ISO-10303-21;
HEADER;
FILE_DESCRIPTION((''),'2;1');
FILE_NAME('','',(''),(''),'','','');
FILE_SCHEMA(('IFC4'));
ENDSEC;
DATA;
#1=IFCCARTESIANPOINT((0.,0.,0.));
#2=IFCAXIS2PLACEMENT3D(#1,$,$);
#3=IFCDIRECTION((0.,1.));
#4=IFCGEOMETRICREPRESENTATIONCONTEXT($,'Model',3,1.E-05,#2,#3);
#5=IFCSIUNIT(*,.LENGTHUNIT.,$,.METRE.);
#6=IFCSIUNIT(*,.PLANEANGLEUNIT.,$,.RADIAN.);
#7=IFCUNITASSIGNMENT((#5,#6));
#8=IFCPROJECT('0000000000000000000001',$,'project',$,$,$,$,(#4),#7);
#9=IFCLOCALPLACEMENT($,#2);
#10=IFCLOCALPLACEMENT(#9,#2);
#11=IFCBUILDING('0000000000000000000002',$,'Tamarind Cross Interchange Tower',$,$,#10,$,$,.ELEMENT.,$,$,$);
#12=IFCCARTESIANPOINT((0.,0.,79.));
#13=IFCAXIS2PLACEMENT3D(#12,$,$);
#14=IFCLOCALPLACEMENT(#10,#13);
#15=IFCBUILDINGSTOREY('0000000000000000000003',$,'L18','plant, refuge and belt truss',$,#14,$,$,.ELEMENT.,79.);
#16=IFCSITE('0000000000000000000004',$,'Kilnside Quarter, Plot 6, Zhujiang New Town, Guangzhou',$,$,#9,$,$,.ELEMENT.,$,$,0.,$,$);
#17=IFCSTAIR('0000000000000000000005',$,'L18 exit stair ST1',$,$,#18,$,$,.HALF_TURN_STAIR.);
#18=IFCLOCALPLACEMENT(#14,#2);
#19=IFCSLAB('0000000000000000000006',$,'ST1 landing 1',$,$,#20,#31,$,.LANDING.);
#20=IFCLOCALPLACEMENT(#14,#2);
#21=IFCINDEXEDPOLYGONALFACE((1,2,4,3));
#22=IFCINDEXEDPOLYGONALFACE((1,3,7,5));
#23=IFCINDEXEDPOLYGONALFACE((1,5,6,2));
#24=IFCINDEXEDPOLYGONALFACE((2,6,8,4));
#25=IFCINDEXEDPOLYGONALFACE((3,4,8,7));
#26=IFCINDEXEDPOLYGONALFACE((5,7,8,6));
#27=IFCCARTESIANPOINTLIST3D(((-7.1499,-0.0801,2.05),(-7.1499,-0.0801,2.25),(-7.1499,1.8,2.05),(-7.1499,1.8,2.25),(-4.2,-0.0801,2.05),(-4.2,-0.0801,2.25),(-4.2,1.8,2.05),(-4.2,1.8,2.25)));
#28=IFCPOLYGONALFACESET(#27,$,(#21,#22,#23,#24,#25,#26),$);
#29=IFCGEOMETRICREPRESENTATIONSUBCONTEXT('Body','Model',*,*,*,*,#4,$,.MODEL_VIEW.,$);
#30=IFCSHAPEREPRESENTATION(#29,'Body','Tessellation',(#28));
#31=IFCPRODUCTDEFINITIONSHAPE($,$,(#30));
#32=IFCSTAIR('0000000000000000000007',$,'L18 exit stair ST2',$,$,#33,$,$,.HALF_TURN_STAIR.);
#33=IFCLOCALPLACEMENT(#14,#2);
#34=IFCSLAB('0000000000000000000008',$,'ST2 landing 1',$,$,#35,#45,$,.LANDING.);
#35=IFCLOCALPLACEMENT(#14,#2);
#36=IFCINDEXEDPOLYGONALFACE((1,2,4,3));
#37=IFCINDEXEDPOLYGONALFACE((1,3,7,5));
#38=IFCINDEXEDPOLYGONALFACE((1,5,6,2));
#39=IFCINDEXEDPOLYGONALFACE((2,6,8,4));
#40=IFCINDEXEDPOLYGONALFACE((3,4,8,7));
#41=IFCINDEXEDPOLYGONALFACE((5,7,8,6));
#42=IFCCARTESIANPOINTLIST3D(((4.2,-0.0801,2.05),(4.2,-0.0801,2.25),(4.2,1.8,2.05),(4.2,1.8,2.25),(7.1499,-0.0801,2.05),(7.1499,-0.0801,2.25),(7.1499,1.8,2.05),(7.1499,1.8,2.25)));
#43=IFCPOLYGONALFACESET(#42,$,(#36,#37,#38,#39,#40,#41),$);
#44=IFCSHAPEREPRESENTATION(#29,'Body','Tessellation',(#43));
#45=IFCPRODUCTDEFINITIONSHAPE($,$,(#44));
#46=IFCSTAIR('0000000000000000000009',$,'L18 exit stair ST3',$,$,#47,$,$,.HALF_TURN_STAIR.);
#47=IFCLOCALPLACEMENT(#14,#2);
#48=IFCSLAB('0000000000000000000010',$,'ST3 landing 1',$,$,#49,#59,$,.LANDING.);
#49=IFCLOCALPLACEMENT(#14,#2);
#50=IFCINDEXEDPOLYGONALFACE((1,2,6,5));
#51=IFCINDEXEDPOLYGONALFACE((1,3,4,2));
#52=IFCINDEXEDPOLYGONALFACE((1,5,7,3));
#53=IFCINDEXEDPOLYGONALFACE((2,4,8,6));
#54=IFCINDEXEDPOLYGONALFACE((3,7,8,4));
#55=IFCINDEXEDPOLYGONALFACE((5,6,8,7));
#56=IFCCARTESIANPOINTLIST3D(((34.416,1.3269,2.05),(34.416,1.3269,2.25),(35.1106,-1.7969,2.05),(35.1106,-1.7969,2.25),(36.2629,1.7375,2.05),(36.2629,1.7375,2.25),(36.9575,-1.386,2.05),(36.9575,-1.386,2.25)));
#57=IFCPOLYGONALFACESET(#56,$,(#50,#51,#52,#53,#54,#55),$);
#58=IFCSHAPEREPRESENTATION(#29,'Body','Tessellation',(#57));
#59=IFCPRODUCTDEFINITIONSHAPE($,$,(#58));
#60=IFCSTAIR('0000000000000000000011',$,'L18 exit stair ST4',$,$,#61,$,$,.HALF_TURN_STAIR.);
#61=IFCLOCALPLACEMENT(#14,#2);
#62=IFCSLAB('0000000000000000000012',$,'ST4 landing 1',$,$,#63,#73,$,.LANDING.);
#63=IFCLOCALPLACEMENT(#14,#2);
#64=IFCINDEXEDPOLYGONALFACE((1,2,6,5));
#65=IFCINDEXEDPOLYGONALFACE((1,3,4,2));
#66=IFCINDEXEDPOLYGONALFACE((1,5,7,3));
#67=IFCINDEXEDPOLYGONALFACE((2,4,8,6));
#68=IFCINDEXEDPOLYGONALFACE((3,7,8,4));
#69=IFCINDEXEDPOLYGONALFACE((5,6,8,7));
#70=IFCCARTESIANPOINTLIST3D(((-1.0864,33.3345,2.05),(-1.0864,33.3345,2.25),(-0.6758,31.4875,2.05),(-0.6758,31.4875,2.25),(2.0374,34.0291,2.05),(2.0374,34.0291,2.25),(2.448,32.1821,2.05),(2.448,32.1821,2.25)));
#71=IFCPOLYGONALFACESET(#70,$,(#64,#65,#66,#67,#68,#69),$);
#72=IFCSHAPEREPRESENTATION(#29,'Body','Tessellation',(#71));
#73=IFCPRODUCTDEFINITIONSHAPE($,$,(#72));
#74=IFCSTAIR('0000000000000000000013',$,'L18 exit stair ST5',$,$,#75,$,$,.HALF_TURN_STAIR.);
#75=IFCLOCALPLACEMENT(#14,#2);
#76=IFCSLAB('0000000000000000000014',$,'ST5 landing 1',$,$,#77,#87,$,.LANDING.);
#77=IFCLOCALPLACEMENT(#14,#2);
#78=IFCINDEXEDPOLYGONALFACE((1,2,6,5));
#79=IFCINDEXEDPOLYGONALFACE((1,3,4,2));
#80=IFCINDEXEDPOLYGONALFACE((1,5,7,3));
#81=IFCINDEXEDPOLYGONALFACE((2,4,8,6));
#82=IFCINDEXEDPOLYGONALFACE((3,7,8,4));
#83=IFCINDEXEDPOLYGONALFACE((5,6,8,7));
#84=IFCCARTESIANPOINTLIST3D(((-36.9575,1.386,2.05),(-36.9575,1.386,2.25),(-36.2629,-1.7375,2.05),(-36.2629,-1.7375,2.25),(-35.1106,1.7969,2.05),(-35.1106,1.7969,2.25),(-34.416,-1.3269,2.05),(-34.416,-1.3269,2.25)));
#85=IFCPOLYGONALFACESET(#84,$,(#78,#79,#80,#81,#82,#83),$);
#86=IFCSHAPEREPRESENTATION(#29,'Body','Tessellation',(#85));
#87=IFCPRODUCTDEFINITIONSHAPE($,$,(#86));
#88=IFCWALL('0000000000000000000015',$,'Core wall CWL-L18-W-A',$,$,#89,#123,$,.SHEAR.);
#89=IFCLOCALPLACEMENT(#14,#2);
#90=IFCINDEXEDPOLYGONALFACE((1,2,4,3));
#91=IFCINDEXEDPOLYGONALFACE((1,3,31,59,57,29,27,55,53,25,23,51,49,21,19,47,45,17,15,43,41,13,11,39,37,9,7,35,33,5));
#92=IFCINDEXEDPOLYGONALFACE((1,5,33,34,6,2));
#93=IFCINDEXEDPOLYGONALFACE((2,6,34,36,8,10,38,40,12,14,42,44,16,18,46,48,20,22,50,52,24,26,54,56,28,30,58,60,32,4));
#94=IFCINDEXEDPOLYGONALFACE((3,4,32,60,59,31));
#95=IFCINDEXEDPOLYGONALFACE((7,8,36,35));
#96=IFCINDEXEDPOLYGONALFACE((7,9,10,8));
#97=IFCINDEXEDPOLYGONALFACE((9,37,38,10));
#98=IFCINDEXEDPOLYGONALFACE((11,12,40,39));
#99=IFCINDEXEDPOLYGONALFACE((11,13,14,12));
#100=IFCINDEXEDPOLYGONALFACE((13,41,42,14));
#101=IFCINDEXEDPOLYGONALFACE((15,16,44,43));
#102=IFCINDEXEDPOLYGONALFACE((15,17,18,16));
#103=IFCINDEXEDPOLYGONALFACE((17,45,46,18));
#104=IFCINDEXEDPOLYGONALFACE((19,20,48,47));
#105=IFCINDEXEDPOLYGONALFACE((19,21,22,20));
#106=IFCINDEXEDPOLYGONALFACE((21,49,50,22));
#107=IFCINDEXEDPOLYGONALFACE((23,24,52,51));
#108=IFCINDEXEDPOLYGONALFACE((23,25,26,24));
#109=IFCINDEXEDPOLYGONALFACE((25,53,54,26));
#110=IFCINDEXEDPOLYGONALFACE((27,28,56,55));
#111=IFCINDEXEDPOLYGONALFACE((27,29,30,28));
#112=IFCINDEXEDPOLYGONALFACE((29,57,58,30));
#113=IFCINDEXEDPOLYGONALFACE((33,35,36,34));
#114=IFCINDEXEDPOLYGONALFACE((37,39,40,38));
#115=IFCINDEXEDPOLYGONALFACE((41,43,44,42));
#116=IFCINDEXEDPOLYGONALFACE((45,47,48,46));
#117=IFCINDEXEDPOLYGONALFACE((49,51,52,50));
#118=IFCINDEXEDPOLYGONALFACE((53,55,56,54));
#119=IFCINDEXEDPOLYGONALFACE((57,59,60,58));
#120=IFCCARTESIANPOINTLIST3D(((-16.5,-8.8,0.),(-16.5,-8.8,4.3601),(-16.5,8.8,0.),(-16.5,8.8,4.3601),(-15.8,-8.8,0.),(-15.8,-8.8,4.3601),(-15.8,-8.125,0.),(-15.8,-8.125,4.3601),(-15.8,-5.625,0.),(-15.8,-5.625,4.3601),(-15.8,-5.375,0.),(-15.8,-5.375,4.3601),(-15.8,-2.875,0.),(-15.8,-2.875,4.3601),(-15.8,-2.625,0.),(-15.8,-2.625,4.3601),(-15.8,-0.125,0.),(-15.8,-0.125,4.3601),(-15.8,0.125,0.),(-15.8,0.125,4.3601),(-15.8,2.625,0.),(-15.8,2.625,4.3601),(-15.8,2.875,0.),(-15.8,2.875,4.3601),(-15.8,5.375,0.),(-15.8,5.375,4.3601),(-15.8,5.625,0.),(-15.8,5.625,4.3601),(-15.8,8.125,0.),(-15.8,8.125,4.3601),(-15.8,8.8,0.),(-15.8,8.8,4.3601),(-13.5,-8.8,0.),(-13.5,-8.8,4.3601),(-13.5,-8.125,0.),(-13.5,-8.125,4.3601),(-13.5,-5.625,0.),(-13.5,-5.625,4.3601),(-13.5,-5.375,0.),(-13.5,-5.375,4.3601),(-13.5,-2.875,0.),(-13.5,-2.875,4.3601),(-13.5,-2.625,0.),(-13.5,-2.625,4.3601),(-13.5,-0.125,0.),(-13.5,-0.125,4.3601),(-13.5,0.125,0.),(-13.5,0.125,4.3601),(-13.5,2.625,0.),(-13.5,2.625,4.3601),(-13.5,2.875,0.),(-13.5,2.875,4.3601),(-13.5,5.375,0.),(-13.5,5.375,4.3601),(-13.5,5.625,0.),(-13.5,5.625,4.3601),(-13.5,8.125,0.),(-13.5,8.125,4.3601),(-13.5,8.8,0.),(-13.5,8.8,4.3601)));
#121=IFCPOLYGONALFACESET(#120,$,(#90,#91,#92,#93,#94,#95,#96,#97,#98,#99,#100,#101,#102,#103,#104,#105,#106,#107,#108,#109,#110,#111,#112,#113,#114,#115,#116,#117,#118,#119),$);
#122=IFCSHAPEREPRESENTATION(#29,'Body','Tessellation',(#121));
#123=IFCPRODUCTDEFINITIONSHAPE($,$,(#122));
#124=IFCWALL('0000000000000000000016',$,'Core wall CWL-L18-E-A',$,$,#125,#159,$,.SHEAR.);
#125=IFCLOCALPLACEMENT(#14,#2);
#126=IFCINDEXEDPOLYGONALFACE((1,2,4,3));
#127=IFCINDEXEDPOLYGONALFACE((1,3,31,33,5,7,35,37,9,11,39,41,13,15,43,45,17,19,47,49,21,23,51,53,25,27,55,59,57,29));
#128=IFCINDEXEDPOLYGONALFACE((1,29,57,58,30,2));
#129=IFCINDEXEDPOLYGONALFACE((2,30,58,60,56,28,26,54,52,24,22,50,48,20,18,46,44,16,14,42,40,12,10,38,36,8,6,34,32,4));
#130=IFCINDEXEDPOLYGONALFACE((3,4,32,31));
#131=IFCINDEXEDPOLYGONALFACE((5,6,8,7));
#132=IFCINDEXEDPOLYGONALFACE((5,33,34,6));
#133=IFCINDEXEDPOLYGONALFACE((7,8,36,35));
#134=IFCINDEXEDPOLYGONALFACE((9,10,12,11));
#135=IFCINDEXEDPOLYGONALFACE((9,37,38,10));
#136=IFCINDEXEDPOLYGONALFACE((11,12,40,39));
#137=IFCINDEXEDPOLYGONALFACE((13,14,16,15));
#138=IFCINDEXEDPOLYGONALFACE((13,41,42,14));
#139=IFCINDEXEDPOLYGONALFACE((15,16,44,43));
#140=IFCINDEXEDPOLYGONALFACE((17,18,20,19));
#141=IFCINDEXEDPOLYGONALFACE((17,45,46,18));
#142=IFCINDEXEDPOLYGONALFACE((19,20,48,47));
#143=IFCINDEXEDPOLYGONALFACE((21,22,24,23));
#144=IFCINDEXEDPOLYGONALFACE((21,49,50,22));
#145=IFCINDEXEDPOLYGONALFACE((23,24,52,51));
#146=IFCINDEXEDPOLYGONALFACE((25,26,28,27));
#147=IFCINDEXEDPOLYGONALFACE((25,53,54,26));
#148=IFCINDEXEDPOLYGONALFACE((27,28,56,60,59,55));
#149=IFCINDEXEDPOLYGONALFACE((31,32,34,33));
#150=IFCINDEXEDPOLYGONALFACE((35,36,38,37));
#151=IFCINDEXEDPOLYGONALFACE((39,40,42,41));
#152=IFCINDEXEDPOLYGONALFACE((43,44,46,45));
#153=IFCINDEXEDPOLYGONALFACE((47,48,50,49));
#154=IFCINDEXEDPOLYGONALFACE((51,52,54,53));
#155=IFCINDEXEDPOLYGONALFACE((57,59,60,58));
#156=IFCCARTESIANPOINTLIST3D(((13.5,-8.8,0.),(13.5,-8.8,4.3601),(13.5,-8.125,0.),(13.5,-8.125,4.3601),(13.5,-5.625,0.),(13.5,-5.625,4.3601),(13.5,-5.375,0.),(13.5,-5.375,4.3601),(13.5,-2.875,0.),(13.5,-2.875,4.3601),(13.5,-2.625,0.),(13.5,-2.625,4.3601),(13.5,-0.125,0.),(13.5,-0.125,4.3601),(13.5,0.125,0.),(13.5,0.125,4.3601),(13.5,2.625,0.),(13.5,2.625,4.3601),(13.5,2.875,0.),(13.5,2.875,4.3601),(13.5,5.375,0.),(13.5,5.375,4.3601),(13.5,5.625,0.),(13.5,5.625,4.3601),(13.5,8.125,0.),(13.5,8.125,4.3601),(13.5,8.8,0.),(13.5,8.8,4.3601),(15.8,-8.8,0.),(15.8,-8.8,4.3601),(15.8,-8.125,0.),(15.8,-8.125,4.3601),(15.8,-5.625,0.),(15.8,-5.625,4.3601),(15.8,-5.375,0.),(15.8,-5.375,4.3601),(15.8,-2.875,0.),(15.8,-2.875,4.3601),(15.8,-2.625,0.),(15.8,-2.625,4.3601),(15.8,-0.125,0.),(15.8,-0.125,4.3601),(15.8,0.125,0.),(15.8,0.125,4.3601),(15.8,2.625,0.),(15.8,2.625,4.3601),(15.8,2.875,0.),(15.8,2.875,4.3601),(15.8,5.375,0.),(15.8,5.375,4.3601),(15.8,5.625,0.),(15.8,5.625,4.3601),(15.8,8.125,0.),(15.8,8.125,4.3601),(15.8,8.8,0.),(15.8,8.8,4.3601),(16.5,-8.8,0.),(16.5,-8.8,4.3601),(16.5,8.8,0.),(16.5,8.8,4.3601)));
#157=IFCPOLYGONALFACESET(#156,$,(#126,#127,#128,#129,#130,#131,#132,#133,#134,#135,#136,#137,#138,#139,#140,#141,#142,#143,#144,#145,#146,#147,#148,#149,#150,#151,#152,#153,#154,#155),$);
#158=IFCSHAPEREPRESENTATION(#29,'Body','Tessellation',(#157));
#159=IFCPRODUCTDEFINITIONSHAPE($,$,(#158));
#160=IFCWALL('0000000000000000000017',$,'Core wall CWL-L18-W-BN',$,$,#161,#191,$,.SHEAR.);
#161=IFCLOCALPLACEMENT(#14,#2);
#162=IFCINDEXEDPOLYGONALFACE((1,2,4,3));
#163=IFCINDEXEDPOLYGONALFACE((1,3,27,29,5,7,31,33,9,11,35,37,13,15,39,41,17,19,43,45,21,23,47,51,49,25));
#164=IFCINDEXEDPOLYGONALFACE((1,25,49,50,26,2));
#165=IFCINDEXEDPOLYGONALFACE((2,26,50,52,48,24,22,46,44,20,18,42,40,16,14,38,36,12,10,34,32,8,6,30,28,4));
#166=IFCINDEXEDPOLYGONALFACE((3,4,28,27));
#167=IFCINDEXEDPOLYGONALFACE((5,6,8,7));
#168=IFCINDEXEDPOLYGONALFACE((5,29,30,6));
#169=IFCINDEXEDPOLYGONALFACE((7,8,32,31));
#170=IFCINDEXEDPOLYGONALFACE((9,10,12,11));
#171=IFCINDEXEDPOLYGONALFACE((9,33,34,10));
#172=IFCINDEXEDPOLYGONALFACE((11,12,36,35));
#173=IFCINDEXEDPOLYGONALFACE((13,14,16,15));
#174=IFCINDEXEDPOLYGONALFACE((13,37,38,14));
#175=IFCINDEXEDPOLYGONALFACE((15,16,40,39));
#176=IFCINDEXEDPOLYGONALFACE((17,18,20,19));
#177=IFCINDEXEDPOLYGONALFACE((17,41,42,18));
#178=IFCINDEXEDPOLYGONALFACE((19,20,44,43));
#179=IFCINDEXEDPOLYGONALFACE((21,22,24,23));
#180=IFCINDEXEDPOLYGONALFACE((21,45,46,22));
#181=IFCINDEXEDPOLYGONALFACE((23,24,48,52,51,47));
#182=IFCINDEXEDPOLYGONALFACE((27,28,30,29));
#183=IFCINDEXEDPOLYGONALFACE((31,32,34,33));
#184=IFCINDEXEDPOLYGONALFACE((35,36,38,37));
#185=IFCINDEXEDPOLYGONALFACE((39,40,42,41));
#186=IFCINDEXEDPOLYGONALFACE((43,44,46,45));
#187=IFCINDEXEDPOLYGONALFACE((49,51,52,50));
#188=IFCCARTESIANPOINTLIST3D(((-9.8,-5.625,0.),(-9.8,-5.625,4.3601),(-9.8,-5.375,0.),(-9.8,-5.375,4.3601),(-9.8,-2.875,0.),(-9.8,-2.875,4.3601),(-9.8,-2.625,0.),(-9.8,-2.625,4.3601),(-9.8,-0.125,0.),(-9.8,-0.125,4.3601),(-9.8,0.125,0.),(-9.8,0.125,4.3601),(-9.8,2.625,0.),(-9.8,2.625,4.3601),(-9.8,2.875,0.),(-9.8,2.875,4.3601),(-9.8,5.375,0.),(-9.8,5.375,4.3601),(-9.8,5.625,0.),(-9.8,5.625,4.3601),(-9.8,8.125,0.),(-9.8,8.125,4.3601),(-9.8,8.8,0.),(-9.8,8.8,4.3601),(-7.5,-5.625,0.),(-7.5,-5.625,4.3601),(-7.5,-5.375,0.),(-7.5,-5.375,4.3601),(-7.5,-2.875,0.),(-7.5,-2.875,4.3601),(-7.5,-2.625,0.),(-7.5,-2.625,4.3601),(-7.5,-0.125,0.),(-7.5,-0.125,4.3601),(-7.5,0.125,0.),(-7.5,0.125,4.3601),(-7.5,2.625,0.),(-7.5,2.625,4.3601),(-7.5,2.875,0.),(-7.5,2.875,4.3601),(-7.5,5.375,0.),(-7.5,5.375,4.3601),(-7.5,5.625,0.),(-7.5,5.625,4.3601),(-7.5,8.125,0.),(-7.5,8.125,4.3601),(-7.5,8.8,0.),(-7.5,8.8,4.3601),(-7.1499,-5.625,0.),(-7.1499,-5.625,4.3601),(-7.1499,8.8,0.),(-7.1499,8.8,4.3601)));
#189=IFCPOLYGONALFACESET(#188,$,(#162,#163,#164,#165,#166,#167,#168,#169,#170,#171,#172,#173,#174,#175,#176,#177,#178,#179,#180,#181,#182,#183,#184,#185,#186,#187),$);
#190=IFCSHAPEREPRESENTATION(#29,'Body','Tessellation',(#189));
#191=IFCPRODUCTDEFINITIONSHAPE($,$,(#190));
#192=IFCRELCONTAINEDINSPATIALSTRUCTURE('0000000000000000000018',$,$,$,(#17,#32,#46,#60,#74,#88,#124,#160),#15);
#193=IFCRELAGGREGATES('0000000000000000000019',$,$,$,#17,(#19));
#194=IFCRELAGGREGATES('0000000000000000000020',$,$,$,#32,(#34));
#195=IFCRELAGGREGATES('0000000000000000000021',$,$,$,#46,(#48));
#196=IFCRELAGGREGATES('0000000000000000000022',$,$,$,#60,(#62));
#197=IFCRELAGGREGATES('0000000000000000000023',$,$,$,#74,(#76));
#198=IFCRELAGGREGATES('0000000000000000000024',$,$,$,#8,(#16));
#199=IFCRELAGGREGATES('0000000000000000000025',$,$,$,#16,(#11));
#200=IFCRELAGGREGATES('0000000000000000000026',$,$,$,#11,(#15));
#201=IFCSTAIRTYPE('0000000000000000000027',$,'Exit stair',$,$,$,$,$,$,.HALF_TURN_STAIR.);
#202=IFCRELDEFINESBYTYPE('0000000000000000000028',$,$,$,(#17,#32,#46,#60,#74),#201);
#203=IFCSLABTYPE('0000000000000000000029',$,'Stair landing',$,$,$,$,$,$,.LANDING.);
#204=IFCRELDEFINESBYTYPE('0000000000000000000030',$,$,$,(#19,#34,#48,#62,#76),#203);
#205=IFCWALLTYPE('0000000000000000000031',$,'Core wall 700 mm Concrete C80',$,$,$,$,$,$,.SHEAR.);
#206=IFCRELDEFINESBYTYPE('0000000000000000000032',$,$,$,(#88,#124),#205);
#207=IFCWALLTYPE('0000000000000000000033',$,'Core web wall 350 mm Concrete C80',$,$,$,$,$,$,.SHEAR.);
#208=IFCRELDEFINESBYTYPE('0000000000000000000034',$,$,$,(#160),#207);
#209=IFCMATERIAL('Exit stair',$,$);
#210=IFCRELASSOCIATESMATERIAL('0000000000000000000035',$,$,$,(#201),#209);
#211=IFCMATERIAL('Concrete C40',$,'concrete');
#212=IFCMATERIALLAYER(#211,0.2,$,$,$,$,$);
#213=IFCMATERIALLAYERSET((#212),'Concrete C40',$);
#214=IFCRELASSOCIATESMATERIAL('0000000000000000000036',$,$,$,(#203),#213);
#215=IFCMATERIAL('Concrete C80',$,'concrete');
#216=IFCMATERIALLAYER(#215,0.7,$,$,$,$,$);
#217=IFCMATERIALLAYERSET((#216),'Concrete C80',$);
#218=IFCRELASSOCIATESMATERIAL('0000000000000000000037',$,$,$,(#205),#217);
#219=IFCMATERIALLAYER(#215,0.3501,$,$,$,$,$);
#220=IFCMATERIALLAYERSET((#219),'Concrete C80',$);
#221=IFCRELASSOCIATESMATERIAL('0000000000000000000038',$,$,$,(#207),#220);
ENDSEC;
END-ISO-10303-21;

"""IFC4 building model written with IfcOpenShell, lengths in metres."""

from ifc_helpers import new_model, si_unit, direction, frame, origin, place, context, subcontext, project, spatial, polyline, outline, extrude, material, layer, layer_set, type_object, element, aggregate, save


model = new_model("IFC4")

# Units and contexts
model_context = context("Model", 3, precision=1e-05, world=origin(), true_north=direction((0.0, 1.0)))
body_context = subcontext(model_context, "Body", "Model", "MODEL_VIEW")
ifc_project = project(units=[si_unit("LENGTHUNIT", "METRE"), si_unit("PLANEANGLEUNIT", "RADIAN")], contexts=[model_context])

# Site, building, storey
site_placement = place(None, origin())
site = spatial("IfcSite", under=ifc_project, at=site_placement, Name="Kilnside Quarter, Plot 6, Zhujiang New Town, Guangzhou", CompositionType="ELEMENT", RefElevation=0.0)
building_placement = place(site_placement, origin())
building = spatial("IfcBuilding", under=site, at=building_placement, Name="Tamarind Cross Interchange Tower", CompositionType="ELEMENT")
storey_placement = place(building_placement, frame((0.0, 0.0, 79.0)))
storey = spatial("IfcBuildingStorey", under=building, at=storey_placement, Name="L18", Description="plant, refuge and belt truss", CompositionType="ELEMENT", Elevation=79.0)

# Stairs, slabs
ifc_material_1 = material(Name="Exit stair")
stair_type = type_object("IfcStairType", Name="Exit stair", PredefinedType="HALF_TURN_STAIR", material=ifc_material_1)
stair_1_placement = place(storey_placement, origin())
stair_1 = element("IfcStair", 1, at=stair_1_placement, inside=storey, type_object=stair_type, Name="L18 exit stair ST1", PredefinedType="HALF_TURN_STAIR")
ifc_material_2 = material(Name="Concrete C40", Category="concrete")
ifc_layer_1 = layer(ifc_material_2, 0.2)
ifc_layer_set_1 = layer_set([ifc_layer_1], Name="Concrete C40")
slab_type = type_object("IfcSlabType", Name="Stair landing", PredefinedType="LANDING", material=ifc_layer_set_1)
slab_1_placement = place(storey_placement, frame((0.0, 0.0, 2.05)))
slab_1 = element("IfcSlab", 2, at=slab_1_placement, type_object=slab_type, Name="ST1 landing 1", PredefinedType="LANDING", context=body_context, shape_type="SweptSolid", body=[
    extrude(outline(polyline([(-4.2, -0.0801), (-4.2, 1.8), (-7.1499, 1.8), (-7.1499, -0.0801), (-4.2, -0.0801)])), origin(), (0.0, 0.0, 1.0), 0.2),
])
aggregate(stair_1, [slab_1])
stair_2_placement = place(storey_placement, origin())
stair_2 = element("IfcStair", 3, at=stair_2_placement, inside=storey, type_object=stair_type, Name="L18 exit stair ST2", PredefinedType="HALF_TURN_STAIR")
slab_2_placement = place(storey_placement, frame((0.0, 0.0, 2.05)))
slab_2 = element("IfcSlab", 4, at=slab_2_placement, type_object=slab_type, Name="ST2 landing 1", PredefinedType="LANDING", context=body_context, shape_type="SweptSolid", body=[
    extrude(outline(polyline([(7.1499, -0.0801), (7.1499, 1.8), (4.2, 1.8), (4.2, -0.0801), (7.1499, -0.0801)])), origin(), (0.0, 0.0, 1.0), 0.2),
])
aggregate(stair_2, [slab_2])
stair_3_placement = place(storey_placement, origin())
stair_3 = element("IfcStair", 5, at=stair_3_placement, inside=storey, type_object=stair_type, Name="L18 exit stair ST3", PredefinedType="HALF_TURN_STAIR")
slab_3_placement = place(storey_placement, frame((0.0, 0.0, 2.05)))
slab_3 = element("IfcSlab", 6, at=slab_3_placement, type_object=slab_type, Name="ST3 landing 1", PredefinedType="LANDING", context=body_context, shape_type="SweptSolid", body=[
    extrude(outline(polyline([(35.1106, -1.7969), (36.9575, -1.386), (36.2629, 1.7375), (34.416, 1.3269), (35.1106, -1.7969)])), origin(), (0.0, 0.0, 1.0), 0.2),
])
aggregate(stair_3, [slab_3])
stair_4_placement = place(storey_placement, origin())
stair_4 = element("IfcStair", 7, at=stair_4_placement, inside=storey, type_object=stair_type, Name="L18 exit stair ST4", PredefinedType="HALF_TURN_STAIR")
slab_4_placement = place(storey_placement, frame((0.0, 0.0, 2.05)))
slab_4 = element("IfcSlab", 8, at=slab_4_placement, type_object=slab_type, Name="ST4 landing 1", PredefinedType="LANDING", context=body_context, shape_type="SweptSolid", body=[
    extrude(outline(polyline([(2.448, 32.1821), (2.0374, 34.0291), (-1.0864, 33.3345), (-0.6758, 31.4875), (2.448, 32.1821)])), origin(), (0.0, 0.0, 1.0), 0.2),
])
aggregate(stair_4, [slab_4])
stair_5_placement = place(storey_placement, origin())
stair_5 = element("IfcStair", 9, at=stair_5_placement, inside=storey, type_object=stair_type, Name="L18 exit stair ST5", PredefinedType="HALF_TURN_STAIR")
slab_5_placement = place(storey_placement, frame((0.0, 0.0, 2.05)))
slab_5 = element("IfcSlab", 10, at=slab_5_placement, type_object=slab_type, Name="ST5 landing 1", PredefinedType="LANDING", context=body_context, shape_type="SweptSolid", body=[
    extrude(outline(polyline([(-35.1106, 1.7969), (-36.9575, 1.386), (-36.2629, -1.7375), (-34.416, -1.3269), (-35.1106, 1.7969)])), origin(), (0.0, 0.0, 1.0), 0.2),
])
aggregate(stair_5, [slab_5])

# Walls
ifc_material_3 = material(Name="Concrete C80", Category="concrete")
ifc_layer_2 = layer(ifc_material_3, 0.7)
ifc_layer_set_2 = layer_set([ifc_layer_2], Name="Concrete C80")
wall_type_1 = type_object("IfcWallType", Name="Core wall 700 mm Concrete C80", PredefinedType="SHEAR", material=ifc_layer_set_2)
wall_1_placement = place(storey_placement, origin())
element("IfcWall", 11, at=wall_1_placement, inside=storey, type_object=wall_type_1, Name="Core wall CWL-L18-W-A", PredefinedType="SHEAR", context=body_context, shape_type="SweptSolid", body=[
    extrude(outline(polyline([(-13.5, -8.8), (-13.5, -8.125), (-15.8, -8.125), (-15.8, -5.625), (-13.5, -5.625), (-13.5, -5.375), (-15.8, -5.375), (-15.8, -2.875), (-13.5, -2.875), (-13.5, -2.625), (-15.8, -2.625), (-15.8, -0.125), (-13.5, -0.125), (-13.5, 0.125), (-15.8, 0.125), (-15.8, 2.625), (-13.5, 2.625), (-13.5, 2.875), (-15.8, 2.875), (-15.8, 5.375), (-13.5, 5.375), (-13.5, 5.625), (-15.8, 5.625), (-15.8, 8.125), (-13.5, 8.125), (-13.5, 8.8), (-15.8, 8.8), (-16.5, 8.8), (-16.5, -8.8), (-15.8, -8.8), (-13.5, -8.8)])), origin(), (0.0, 0.0, 1.0), 4.3601),
])
wall_2_placement = place(storey_placement, origin())
element("IfcWall", 12, at=wall_2_placement, inside=storey, type_object=wall_type_1, Name="Core wall CWL-L18-E-A", PredefinedType="SHEAR", context=body_context, shape_type="SweptSolid", body=[
    extrude(outline(polyline([(13.5, -8.8), (15.8, -8.8), (16.5, -8.8), (16.5, 8.8), (15.8, 8.8), (13.5, 8.8), (13.5, 8.125), (15.8, 8.125), (15.8, 5.625), (13.5, 5.625), (13.5, 5.375), (15.8, 5.375), (15.8, 2.875), (13.5, 2.875), (13.5, 2.625), (15.8, 2.625), (15.8, 0.125), (13.5, 0.125), (13.5, -0.125), (15.8, -0.125), (15.8, -2.625), (13.5, -2.625), (13.5, -2.875), (15.8, -2.875), (15.8, -5.375), (13.5, -5.375), (13.5, -5.625), (15.8, -5.625), (15.8, -8.125), (13.5, -8.125), (13.5, -8.8)])), origin(), (0.0, 0.0, 1.0), 4.3601),
])
ifc_layer_3 = layer(ifc_material_3, 0.3501)
ifc_layer_set_3 = layer_set([ifc_layer_3], Name="Concrete C80")
wall_type_2 = type_object("IfcWallType", Name="Core web wall 350 mm Concrete C80", PredefinedType="SHEAR", material=ifc_layer_set_3)
wall_3_placement = place(storey_placement, origin())
element("IfcWall", 13, at=wall_3_placement, inside=storey, type_object=wall_type_2, Name="Core wall CWL-L18-W-BN", PredefinedType="SHEAR", context=body_context, shape_type="SweptSolid", body=[
    extrude(outline(polyline([(-9.8, -5.375), (-9.8, -5.625), (-7.5, -5.625), (-7.1499, -5.625), (-7.1499, 8.8), (-7.5, 8.8), (-9.8, 8.8), (-9.8, 8.125), (-7.5, 8.125), (-7.5, 5.625), (-9.8, 5.625), (-9.8, 5.375), (-7.5, 5.375), (-7.5, 2.875), (-9.8, 2.875), (-9.8, 2.625), (-7.5, 2.625), (-7.5, 0.125), (-9.8, 0.125), (-9.8, -0.125), (-7.5, -0.125), (-7.5, -2.625), (-9.8, -2.625), (-9.8, -2.875), (-7.5, -2.875), (-7.5, -5.375), (-9.8, -5.375)])), origin(), (0.0, 0.0, 1.0), 4.3601),
])

save(model, "model.ifc")
